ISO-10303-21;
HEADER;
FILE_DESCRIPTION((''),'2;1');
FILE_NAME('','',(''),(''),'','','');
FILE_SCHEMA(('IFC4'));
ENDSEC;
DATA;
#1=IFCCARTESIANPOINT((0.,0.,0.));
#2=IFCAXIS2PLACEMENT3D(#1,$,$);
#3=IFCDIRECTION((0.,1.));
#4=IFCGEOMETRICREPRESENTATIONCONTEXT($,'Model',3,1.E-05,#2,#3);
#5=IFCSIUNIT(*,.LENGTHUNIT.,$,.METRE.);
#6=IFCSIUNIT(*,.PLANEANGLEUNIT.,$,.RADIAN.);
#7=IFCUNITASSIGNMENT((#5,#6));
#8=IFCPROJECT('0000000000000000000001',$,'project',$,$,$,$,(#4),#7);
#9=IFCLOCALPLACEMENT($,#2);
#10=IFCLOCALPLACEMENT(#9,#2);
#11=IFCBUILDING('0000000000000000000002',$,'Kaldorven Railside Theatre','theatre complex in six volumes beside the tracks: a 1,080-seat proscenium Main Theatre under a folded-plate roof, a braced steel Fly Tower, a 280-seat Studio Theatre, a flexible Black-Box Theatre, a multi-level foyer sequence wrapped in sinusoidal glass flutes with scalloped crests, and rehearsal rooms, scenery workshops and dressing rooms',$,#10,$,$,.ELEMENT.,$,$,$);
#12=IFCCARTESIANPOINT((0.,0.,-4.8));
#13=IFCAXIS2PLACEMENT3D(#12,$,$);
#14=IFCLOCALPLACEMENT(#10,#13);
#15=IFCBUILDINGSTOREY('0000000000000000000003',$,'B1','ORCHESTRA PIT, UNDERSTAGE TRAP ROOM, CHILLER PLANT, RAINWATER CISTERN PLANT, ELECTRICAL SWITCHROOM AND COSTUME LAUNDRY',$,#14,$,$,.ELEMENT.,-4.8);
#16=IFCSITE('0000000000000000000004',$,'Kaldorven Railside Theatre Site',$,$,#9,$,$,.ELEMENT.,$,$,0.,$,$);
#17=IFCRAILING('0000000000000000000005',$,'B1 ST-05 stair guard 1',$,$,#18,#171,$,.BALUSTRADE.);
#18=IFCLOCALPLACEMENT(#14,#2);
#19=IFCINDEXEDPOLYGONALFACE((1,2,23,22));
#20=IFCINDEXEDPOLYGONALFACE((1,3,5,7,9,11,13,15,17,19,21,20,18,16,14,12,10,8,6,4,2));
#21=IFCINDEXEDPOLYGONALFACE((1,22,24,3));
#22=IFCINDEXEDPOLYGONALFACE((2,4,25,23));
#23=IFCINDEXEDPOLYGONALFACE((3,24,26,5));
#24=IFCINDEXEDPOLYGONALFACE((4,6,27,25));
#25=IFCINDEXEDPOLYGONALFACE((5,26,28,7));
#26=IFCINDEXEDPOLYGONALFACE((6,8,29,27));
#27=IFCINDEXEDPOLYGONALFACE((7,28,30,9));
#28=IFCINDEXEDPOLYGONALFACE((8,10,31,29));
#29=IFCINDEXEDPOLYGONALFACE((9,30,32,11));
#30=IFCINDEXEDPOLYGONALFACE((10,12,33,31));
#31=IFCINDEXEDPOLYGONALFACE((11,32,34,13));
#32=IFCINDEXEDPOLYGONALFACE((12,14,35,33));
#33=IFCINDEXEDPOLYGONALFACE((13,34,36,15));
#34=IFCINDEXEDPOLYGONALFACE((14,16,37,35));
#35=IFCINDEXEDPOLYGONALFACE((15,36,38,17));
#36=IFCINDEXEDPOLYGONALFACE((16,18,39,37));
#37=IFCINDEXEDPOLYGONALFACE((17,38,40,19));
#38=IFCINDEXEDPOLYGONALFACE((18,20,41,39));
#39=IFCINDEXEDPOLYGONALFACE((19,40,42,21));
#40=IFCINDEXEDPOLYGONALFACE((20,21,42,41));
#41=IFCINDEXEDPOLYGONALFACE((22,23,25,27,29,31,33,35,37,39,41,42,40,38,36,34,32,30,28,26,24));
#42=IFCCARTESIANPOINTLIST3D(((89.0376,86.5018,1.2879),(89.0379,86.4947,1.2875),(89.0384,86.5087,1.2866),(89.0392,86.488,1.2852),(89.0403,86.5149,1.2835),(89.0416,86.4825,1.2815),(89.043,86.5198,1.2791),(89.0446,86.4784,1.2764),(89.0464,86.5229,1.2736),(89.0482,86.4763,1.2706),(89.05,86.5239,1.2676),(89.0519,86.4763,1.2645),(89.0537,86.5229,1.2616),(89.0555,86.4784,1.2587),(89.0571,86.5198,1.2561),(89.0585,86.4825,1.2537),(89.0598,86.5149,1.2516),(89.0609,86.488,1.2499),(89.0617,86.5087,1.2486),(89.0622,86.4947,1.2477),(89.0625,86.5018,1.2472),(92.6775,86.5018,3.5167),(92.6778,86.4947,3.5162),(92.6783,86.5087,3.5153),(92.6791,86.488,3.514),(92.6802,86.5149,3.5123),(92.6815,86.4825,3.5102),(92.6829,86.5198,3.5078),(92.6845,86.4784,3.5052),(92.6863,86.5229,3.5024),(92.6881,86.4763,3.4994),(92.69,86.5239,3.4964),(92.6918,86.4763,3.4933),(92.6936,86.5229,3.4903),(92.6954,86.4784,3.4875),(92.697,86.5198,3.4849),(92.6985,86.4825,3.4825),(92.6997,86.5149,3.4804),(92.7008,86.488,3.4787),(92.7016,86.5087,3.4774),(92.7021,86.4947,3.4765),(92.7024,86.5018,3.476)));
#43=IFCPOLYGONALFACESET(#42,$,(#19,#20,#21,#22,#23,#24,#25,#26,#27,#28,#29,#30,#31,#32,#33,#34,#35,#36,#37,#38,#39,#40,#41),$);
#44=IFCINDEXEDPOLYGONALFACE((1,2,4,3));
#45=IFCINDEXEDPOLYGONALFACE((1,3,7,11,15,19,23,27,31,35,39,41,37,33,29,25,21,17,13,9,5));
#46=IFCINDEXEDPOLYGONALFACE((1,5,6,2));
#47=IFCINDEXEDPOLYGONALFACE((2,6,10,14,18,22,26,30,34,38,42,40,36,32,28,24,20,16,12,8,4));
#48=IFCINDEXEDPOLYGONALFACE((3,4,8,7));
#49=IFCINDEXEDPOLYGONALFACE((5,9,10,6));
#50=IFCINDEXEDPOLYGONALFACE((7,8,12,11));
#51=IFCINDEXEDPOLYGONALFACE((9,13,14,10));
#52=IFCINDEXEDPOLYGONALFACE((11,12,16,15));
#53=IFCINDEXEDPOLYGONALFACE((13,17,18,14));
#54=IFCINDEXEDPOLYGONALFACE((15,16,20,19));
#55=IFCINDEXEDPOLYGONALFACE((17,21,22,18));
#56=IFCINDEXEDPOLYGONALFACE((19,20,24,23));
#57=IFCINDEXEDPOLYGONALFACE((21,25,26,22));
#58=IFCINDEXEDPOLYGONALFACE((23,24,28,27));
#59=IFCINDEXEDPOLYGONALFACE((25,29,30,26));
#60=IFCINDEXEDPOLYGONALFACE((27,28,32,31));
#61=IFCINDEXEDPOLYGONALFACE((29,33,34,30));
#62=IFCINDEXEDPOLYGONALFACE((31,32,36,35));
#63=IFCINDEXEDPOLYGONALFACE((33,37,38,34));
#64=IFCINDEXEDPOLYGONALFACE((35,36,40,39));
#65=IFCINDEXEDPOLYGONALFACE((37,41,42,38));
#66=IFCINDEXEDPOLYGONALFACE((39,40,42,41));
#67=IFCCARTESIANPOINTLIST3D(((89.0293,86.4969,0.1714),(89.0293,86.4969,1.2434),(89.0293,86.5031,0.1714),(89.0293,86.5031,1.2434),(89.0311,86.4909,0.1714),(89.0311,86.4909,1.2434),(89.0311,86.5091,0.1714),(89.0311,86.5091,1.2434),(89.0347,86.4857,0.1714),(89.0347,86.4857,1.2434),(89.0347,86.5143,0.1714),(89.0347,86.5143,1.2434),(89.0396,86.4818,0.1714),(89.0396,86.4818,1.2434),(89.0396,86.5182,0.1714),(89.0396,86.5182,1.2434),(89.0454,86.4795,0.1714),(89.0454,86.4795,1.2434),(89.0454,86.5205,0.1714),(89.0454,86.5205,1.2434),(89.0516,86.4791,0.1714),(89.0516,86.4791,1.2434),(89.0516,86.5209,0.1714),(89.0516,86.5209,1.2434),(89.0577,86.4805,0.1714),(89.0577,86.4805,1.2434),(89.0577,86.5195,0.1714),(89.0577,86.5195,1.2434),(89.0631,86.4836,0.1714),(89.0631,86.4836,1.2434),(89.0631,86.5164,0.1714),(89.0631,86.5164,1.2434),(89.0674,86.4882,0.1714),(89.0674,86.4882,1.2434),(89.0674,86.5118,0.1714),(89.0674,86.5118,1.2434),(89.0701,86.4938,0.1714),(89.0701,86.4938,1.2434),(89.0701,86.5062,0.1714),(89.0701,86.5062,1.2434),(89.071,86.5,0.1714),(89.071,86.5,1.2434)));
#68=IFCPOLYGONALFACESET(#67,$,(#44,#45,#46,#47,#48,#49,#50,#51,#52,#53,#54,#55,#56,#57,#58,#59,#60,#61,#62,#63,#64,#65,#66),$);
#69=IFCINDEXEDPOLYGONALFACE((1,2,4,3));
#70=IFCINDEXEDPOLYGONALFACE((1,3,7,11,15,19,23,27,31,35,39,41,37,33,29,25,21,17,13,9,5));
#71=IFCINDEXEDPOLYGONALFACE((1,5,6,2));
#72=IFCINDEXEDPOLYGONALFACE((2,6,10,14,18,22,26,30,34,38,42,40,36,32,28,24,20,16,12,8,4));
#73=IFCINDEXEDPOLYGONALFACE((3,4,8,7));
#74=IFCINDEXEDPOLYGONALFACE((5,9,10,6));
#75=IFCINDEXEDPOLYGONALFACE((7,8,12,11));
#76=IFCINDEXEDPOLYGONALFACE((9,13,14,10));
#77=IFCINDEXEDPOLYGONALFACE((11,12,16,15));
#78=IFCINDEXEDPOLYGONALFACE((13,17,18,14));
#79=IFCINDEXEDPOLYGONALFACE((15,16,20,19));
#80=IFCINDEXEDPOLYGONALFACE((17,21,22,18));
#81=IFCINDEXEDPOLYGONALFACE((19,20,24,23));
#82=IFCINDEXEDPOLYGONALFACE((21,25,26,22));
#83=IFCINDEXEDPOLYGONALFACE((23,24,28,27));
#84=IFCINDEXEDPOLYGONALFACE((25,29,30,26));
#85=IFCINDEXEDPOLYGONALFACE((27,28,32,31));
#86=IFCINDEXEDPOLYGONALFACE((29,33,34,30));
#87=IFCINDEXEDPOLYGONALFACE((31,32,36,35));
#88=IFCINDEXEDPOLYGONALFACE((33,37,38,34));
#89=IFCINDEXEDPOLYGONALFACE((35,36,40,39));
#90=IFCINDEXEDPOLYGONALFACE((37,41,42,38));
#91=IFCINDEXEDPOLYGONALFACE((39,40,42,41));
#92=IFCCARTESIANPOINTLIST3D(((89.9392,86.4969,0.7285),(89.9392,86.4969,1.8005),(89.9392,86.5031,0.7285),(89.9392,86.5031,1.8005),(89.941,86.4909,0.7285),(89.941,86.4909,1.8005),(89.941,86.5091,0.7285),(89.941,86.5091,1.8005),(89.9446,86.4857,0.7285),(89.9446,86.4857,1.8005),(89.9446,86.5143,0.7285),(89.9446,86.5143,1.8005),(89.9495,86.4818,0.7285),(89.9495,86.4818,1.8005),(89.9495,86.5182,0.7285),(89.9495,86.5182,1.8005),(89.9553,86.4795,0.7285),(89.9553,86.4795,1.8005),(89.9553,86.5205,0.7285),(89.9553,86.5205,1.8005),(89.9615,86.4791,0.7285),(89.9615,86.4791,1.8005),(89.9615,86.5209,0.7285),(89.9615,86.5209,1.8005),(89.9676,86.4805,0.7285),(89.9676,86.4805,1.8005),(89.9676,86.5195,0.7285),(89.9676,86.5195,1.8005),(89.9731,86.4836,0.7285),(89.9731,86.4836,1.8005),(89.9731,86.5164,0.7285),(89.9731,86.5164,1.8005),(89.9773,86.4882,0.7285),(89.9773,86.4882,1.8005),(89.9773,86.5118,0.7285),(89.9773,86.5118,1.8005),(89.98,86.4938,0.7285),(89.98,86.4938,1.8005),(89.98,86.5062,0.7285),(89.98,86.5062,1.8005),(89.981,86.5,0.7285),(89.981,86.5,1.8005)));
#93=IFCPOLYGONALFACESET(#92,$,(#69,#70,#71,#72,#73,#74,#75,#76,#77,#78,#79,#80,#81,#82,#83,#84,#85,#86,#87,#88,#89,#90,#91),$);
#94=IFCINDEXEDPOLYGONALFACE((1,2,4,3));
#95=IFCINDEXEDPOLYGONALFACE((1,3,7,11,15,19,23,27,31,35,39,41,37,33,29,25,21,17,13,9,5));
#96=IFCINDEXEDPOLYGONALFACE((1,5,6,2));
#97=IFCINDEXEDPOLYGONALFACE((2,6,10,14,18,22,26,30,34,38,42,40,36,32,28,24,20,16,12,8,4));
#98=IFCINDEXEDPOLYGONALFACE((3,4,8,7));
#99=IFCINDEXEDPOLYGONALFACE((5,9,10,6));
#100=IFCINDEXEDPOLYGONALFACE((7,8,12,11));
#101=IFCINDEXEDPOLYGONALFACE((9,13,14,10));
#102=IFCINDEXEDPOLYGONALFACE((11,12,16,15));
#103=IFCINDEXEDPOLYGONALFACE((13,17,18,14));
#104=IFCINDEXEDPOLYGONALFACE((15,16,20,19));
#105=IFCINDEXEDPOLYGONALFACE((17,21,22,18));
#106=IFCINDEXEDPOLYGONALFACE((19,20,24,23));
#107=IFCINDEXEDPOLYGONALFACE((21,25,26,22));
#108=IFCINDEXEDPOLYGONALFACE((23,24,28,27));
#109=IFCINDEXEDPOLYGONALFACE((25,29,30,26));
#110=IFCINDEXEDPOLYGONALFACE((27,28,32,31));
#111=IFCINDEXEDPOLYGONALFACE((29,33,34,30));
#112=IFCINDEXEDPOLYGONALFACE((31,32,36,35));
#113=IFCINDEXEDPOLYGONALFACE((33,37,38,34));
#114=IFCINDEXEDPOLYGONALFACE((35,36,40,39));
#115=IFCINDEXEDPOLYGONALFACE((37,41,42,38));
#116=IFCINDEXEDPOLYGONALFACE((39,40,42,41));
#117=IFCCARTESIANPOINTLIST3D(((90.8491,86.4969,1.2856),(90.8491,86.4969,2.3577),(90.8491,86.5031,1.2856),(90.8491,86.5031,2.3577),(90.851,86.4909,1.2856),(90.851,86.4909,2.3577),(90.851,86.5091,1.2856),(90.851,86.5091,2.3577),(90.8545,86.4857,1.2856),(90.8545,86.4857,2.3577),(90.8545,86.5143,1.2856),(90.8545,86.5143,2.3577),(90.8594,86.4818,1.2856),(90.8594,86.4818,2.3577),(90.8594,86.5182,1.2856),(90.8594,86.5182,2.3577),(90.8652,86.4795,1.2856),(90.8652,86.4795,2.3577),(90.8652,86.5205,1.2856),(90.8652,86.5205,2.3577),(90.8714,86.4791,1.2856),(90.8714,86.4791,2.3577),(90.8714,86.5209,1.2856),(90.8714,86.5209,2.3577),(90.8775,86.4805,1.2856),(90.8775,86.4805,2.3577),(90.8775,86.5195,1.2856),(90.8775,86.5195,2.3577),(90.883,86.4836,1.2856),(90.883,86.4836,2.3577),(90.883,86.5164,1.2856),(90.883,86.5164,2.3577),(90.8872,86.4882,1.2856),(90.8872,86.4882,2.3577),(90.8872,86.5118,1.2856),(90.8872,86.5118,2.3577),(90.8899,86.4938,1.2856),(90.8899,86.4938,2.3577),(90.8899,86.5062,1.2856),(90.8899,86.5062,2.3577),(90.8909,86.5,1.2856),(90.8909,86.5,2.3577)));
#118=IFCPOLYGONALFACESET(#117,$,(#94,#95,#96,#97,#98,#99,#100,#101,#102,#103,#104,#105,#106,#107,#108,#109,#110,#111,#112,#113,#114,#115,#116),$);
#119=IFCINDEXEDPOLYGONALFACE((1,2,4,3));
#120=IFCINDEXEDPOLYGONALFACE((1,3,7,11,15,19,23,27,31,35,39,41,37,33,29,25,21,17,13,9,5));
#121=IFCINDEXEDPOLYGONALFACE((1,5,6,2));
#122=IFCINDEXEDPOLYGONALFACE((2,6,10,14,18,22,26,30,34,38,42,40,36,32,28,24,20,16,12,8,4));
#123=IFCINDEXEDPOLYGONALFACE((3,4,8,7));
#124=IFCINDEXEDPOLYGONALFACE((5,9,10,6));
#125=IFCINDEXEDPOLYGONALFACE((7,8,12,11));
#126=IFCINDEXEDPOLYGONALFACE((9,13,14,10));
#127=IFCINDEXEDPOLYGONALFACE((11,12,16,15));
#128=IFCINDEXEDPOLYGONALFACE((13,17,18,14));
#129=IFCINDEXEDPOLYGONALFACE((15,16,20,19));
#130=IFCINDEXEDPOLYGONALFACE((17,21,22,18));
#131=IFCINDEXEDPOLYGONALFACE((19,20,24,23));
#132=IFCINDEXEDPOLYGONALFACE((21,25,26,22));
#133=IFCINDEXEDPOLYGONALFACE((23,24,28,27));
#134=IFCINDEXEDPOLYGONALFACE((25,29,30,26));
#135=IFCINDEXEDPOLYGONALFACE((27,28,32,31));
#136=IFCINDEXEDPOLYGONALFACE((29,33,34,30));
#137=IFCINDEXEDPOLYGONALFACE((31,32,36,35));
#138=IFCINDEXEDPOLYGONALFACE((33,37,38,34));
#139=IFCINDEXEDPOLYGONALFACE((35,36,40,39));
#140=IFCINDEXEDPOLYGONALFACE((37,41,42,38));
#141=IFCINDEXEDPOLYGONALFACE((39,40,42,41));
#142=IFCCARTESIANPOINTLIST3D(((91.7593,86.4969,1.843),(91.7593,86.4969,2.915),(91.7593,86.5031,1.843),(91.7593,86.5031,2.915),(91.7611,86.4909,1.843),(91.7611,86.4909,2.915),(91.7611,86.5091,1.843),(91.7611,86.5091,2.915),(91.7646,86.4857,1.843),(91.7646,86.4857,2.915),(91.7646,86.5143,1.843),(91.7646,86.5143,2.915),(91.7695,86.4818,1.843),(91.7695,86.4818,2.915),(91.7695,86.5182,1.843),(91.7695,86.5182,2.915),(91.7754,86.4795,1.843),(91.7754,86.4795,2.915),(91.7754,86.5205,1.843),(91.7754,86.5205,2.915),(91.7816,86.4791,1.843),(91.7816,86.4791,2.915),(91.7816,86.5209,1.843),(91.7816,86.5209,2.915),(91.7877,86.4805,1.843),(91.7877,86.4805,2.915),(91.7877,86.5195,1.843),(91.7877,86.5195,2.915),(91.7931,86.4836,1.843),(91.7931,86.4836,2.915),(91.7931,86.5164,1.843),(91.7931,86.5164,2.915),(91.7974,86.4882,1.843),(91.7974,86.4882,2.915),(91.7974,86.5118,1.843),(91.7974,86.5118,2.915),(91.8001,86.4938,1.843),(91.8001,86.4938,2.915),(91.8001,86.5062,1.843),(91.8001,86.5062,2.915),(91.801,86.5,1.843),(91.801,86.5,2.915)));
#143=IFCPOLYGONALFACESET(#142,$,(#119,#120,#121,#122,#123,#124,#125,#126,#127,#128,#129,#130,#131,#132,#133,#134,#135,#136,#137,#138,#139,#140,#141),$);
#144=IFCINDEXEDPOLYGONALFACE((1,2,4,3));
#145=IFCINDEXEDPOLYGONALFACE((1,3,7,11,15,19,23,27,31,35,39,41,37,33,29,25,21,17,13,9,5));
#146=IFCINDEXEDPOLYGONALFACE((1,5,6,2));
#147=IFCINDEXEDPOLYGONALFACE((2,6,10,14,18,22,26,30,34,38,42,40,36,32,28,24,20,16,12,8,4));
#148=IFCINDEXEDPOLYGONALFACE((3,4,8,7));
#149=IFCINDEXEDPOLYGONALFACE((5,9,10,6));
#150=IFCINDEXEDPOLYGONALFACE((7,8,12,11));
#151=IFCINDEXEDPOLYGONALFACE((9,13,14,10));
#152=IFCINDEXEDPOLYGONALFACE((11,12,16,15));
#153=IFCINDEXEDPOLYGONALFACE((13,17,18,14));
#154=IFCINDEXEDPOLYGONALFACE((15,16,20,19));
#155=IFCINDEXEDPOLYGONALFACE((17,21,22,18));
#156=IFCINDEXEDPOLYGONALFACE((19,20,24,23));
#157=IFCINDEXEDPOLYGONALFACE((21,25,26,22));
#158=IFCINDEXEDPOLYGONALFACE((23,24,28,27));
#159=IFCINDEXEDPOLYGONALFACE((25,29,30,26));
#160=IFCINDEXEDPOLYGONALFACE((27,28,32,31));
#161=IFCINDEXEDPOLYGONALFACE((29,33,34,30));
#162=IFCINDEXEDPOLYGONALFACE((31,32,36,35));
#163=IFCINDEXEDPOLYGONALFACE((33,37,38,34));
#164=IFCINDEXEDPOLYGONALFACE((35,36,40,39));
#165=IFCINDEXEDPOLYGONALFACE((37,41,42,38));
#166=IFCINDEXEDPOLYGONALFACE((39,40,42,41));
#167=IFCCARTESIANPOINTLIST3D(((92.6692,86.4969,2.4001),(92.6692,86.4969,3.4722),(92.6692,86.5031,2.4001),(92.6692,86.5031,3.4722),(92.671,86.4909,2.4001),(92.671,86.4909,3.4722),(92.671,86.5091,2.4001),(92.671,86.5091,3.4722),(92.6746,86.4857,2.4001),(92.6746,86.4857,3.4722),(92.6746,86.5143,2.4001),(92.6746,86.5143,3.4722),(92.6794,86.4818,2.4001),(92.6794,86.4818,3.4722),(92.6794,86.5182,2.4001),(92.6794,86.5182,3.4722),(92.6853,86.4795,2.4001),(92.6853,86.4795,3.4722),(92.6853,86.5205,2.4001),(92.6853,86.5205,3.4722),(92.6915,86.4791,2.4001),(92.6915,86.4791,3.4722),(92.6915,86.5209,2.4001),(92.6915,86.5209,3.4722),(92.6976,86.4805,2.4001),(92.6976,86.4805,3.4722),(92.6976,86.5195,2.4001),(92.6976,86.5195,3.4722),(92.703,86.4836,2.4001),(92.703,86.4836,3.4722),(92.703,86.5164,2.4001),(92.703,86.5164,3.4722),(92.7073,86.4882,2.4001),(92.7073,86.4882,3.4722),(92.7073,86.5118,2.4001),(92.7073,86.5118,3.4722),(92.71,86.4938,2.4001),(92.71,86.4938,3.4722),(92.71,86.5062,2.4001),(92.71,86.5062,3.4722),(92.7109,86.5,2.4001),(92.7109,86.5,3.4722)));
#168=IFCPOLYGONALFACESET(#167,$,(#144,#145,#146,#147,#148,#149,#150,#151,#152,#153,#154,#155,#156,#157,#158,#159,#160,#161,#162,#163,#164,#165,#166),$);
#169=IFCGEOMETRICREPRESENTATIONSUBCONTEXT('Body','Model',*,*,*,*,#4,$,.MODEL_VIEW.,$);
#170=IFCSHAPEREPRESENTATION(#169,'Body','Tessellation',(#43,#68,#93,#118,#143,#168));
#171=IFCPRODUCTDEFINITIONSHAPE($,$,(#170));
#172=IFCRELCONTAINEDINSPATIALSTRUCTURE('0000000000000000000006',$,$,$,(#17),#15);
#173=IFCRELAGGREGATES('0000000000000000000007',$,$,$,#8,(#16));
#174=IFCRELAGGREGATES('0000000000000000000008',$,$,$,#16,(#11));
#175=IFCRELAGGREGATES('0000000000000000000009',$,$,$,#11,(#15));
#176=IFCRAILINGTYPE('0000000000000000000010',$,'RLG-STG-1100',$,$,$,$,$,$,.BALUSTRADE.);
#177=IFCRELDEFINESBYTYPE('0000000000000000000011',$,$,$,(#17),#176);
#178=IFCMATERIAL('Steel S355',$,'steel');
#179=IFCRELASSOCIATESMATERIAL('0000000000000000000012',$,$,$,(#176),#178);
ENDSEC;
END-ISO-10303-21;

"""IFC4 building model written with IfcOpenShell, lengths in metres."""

from ifc_helpers import new_model, si_unit, direction, frame, origin, origin_2d, place, context, subcontext, project, spatial, circle, extrude, material, type_object, element, save


model = new_model("IFC4")

# Units and contexts
model_context = context("Model", 3, precision=1e-05, world=origin(), true_north=direction((0.0, 1.0)))
body_context = subcontext(model_context, "Body", "Model", "MODEL_VIEW")
ifc_project = project(units=[si_unit("LENGTHUNIT", "METRE"), si_unit("PLANEANGLEUNIT", "RADIAN")], contexts=[model_context])

# Site, building, storey
site_placement = place(None, origin())
site = spatial("IfcSite", under=ifc_project, at=site_placement, Name="Kaldorven Railside Theatre Site", CompositionType="ELEMENT", RefElevation=0.0)
building_placement = place(site_placement, origin())
building = spatial("IfcBuilding", under=site, at=building_placement, Name="Kaldorven Railside Theatre", Description="theatre complex in six volumes beside the tracks: a 1,080-seat proscenium Main Theatre under a folded-plate roof, a braced steel Fly Tower, a 280-seat Studio Theatre, a flexible Black-Box Theatre, a multi-level foyer sequence wrapped in sinusoidal glass flutes with scalloped crests, and rehearsal rooms, scenery workshops and dressing rooms", CompositionType="ELEMENT")
storey_placement = place(building_placement, frame((0.0, 0.0, -4.8)))
storey = spatial("IfcBuildingStorey", under=building, at=storey_placement, Name="B1", Description="ORCHESTRA PIT, UNDERSTAGE TRAP ROOM, CHILLER PLANT, RAINWATER CISTERN PLANT, ELECTRICAL SWITCHROOM AND COSTUME LAUNDRY", CompositionType="ELEMENT", Elevation=-4.8)

# Railing
ifc_material_1 = material(Name="Steel S355", Category="steel")
railing_type_1 = type_object("IfcRailingType", Name="RLG-STG-1100", PredefinedType="BALUSTRADE", material=ifc_material_1)
railing_1_placement = place(storey_placement, frame((89.05, 86.5, 0.1714)))
element("IfcRailing", 1, at=railing_1_placement, inside=storey, type_object=railing_type_1, Name="B1 ST-05 stair guard 1", PredefinedType="BALUSTRADE", context=body_context, shape_type="SweptSolid", body=[
    extrude(circle(Radius=0.0239, at=origin_2d()), frame((0.0, 0.0, 1.0962), z_axis=(0.852825, 0.0, 0.522197), x_axis=(0.0, 1.0, 0.0)), (0.0, 0.0, 1.0), 4.2681),
    extrude(circle(Radius=0.021, at=origin_2d()), origin(), (0.0, 0.0, 1.0), 1.072),
    extrude(circle(Radius=0.021, at=origin_2d()), frame((0.9099, 0.0, 0.5571)), (0.0, 0.0, 1.0), 1.072),
    extrude(circle(Radius=0.021, at=origin_2d()), frame((1.8198, 0.0, 1.1143)), (0.0, 0.0, 1.0), 1.072),
    extrude(circle(Radius=0.021, at=origin_2d()), frame((2.73, 0.0, 1.6716)), (0.0, 0.0, 1.0), 1.072),
    extrude(circle(Radius=0.021, at=origin_2d()), frame((3.6399, 0.0, 2.2288)), (0.0, 0.0, 1.0), 1.072),
])

save(model, "model.ifc")
